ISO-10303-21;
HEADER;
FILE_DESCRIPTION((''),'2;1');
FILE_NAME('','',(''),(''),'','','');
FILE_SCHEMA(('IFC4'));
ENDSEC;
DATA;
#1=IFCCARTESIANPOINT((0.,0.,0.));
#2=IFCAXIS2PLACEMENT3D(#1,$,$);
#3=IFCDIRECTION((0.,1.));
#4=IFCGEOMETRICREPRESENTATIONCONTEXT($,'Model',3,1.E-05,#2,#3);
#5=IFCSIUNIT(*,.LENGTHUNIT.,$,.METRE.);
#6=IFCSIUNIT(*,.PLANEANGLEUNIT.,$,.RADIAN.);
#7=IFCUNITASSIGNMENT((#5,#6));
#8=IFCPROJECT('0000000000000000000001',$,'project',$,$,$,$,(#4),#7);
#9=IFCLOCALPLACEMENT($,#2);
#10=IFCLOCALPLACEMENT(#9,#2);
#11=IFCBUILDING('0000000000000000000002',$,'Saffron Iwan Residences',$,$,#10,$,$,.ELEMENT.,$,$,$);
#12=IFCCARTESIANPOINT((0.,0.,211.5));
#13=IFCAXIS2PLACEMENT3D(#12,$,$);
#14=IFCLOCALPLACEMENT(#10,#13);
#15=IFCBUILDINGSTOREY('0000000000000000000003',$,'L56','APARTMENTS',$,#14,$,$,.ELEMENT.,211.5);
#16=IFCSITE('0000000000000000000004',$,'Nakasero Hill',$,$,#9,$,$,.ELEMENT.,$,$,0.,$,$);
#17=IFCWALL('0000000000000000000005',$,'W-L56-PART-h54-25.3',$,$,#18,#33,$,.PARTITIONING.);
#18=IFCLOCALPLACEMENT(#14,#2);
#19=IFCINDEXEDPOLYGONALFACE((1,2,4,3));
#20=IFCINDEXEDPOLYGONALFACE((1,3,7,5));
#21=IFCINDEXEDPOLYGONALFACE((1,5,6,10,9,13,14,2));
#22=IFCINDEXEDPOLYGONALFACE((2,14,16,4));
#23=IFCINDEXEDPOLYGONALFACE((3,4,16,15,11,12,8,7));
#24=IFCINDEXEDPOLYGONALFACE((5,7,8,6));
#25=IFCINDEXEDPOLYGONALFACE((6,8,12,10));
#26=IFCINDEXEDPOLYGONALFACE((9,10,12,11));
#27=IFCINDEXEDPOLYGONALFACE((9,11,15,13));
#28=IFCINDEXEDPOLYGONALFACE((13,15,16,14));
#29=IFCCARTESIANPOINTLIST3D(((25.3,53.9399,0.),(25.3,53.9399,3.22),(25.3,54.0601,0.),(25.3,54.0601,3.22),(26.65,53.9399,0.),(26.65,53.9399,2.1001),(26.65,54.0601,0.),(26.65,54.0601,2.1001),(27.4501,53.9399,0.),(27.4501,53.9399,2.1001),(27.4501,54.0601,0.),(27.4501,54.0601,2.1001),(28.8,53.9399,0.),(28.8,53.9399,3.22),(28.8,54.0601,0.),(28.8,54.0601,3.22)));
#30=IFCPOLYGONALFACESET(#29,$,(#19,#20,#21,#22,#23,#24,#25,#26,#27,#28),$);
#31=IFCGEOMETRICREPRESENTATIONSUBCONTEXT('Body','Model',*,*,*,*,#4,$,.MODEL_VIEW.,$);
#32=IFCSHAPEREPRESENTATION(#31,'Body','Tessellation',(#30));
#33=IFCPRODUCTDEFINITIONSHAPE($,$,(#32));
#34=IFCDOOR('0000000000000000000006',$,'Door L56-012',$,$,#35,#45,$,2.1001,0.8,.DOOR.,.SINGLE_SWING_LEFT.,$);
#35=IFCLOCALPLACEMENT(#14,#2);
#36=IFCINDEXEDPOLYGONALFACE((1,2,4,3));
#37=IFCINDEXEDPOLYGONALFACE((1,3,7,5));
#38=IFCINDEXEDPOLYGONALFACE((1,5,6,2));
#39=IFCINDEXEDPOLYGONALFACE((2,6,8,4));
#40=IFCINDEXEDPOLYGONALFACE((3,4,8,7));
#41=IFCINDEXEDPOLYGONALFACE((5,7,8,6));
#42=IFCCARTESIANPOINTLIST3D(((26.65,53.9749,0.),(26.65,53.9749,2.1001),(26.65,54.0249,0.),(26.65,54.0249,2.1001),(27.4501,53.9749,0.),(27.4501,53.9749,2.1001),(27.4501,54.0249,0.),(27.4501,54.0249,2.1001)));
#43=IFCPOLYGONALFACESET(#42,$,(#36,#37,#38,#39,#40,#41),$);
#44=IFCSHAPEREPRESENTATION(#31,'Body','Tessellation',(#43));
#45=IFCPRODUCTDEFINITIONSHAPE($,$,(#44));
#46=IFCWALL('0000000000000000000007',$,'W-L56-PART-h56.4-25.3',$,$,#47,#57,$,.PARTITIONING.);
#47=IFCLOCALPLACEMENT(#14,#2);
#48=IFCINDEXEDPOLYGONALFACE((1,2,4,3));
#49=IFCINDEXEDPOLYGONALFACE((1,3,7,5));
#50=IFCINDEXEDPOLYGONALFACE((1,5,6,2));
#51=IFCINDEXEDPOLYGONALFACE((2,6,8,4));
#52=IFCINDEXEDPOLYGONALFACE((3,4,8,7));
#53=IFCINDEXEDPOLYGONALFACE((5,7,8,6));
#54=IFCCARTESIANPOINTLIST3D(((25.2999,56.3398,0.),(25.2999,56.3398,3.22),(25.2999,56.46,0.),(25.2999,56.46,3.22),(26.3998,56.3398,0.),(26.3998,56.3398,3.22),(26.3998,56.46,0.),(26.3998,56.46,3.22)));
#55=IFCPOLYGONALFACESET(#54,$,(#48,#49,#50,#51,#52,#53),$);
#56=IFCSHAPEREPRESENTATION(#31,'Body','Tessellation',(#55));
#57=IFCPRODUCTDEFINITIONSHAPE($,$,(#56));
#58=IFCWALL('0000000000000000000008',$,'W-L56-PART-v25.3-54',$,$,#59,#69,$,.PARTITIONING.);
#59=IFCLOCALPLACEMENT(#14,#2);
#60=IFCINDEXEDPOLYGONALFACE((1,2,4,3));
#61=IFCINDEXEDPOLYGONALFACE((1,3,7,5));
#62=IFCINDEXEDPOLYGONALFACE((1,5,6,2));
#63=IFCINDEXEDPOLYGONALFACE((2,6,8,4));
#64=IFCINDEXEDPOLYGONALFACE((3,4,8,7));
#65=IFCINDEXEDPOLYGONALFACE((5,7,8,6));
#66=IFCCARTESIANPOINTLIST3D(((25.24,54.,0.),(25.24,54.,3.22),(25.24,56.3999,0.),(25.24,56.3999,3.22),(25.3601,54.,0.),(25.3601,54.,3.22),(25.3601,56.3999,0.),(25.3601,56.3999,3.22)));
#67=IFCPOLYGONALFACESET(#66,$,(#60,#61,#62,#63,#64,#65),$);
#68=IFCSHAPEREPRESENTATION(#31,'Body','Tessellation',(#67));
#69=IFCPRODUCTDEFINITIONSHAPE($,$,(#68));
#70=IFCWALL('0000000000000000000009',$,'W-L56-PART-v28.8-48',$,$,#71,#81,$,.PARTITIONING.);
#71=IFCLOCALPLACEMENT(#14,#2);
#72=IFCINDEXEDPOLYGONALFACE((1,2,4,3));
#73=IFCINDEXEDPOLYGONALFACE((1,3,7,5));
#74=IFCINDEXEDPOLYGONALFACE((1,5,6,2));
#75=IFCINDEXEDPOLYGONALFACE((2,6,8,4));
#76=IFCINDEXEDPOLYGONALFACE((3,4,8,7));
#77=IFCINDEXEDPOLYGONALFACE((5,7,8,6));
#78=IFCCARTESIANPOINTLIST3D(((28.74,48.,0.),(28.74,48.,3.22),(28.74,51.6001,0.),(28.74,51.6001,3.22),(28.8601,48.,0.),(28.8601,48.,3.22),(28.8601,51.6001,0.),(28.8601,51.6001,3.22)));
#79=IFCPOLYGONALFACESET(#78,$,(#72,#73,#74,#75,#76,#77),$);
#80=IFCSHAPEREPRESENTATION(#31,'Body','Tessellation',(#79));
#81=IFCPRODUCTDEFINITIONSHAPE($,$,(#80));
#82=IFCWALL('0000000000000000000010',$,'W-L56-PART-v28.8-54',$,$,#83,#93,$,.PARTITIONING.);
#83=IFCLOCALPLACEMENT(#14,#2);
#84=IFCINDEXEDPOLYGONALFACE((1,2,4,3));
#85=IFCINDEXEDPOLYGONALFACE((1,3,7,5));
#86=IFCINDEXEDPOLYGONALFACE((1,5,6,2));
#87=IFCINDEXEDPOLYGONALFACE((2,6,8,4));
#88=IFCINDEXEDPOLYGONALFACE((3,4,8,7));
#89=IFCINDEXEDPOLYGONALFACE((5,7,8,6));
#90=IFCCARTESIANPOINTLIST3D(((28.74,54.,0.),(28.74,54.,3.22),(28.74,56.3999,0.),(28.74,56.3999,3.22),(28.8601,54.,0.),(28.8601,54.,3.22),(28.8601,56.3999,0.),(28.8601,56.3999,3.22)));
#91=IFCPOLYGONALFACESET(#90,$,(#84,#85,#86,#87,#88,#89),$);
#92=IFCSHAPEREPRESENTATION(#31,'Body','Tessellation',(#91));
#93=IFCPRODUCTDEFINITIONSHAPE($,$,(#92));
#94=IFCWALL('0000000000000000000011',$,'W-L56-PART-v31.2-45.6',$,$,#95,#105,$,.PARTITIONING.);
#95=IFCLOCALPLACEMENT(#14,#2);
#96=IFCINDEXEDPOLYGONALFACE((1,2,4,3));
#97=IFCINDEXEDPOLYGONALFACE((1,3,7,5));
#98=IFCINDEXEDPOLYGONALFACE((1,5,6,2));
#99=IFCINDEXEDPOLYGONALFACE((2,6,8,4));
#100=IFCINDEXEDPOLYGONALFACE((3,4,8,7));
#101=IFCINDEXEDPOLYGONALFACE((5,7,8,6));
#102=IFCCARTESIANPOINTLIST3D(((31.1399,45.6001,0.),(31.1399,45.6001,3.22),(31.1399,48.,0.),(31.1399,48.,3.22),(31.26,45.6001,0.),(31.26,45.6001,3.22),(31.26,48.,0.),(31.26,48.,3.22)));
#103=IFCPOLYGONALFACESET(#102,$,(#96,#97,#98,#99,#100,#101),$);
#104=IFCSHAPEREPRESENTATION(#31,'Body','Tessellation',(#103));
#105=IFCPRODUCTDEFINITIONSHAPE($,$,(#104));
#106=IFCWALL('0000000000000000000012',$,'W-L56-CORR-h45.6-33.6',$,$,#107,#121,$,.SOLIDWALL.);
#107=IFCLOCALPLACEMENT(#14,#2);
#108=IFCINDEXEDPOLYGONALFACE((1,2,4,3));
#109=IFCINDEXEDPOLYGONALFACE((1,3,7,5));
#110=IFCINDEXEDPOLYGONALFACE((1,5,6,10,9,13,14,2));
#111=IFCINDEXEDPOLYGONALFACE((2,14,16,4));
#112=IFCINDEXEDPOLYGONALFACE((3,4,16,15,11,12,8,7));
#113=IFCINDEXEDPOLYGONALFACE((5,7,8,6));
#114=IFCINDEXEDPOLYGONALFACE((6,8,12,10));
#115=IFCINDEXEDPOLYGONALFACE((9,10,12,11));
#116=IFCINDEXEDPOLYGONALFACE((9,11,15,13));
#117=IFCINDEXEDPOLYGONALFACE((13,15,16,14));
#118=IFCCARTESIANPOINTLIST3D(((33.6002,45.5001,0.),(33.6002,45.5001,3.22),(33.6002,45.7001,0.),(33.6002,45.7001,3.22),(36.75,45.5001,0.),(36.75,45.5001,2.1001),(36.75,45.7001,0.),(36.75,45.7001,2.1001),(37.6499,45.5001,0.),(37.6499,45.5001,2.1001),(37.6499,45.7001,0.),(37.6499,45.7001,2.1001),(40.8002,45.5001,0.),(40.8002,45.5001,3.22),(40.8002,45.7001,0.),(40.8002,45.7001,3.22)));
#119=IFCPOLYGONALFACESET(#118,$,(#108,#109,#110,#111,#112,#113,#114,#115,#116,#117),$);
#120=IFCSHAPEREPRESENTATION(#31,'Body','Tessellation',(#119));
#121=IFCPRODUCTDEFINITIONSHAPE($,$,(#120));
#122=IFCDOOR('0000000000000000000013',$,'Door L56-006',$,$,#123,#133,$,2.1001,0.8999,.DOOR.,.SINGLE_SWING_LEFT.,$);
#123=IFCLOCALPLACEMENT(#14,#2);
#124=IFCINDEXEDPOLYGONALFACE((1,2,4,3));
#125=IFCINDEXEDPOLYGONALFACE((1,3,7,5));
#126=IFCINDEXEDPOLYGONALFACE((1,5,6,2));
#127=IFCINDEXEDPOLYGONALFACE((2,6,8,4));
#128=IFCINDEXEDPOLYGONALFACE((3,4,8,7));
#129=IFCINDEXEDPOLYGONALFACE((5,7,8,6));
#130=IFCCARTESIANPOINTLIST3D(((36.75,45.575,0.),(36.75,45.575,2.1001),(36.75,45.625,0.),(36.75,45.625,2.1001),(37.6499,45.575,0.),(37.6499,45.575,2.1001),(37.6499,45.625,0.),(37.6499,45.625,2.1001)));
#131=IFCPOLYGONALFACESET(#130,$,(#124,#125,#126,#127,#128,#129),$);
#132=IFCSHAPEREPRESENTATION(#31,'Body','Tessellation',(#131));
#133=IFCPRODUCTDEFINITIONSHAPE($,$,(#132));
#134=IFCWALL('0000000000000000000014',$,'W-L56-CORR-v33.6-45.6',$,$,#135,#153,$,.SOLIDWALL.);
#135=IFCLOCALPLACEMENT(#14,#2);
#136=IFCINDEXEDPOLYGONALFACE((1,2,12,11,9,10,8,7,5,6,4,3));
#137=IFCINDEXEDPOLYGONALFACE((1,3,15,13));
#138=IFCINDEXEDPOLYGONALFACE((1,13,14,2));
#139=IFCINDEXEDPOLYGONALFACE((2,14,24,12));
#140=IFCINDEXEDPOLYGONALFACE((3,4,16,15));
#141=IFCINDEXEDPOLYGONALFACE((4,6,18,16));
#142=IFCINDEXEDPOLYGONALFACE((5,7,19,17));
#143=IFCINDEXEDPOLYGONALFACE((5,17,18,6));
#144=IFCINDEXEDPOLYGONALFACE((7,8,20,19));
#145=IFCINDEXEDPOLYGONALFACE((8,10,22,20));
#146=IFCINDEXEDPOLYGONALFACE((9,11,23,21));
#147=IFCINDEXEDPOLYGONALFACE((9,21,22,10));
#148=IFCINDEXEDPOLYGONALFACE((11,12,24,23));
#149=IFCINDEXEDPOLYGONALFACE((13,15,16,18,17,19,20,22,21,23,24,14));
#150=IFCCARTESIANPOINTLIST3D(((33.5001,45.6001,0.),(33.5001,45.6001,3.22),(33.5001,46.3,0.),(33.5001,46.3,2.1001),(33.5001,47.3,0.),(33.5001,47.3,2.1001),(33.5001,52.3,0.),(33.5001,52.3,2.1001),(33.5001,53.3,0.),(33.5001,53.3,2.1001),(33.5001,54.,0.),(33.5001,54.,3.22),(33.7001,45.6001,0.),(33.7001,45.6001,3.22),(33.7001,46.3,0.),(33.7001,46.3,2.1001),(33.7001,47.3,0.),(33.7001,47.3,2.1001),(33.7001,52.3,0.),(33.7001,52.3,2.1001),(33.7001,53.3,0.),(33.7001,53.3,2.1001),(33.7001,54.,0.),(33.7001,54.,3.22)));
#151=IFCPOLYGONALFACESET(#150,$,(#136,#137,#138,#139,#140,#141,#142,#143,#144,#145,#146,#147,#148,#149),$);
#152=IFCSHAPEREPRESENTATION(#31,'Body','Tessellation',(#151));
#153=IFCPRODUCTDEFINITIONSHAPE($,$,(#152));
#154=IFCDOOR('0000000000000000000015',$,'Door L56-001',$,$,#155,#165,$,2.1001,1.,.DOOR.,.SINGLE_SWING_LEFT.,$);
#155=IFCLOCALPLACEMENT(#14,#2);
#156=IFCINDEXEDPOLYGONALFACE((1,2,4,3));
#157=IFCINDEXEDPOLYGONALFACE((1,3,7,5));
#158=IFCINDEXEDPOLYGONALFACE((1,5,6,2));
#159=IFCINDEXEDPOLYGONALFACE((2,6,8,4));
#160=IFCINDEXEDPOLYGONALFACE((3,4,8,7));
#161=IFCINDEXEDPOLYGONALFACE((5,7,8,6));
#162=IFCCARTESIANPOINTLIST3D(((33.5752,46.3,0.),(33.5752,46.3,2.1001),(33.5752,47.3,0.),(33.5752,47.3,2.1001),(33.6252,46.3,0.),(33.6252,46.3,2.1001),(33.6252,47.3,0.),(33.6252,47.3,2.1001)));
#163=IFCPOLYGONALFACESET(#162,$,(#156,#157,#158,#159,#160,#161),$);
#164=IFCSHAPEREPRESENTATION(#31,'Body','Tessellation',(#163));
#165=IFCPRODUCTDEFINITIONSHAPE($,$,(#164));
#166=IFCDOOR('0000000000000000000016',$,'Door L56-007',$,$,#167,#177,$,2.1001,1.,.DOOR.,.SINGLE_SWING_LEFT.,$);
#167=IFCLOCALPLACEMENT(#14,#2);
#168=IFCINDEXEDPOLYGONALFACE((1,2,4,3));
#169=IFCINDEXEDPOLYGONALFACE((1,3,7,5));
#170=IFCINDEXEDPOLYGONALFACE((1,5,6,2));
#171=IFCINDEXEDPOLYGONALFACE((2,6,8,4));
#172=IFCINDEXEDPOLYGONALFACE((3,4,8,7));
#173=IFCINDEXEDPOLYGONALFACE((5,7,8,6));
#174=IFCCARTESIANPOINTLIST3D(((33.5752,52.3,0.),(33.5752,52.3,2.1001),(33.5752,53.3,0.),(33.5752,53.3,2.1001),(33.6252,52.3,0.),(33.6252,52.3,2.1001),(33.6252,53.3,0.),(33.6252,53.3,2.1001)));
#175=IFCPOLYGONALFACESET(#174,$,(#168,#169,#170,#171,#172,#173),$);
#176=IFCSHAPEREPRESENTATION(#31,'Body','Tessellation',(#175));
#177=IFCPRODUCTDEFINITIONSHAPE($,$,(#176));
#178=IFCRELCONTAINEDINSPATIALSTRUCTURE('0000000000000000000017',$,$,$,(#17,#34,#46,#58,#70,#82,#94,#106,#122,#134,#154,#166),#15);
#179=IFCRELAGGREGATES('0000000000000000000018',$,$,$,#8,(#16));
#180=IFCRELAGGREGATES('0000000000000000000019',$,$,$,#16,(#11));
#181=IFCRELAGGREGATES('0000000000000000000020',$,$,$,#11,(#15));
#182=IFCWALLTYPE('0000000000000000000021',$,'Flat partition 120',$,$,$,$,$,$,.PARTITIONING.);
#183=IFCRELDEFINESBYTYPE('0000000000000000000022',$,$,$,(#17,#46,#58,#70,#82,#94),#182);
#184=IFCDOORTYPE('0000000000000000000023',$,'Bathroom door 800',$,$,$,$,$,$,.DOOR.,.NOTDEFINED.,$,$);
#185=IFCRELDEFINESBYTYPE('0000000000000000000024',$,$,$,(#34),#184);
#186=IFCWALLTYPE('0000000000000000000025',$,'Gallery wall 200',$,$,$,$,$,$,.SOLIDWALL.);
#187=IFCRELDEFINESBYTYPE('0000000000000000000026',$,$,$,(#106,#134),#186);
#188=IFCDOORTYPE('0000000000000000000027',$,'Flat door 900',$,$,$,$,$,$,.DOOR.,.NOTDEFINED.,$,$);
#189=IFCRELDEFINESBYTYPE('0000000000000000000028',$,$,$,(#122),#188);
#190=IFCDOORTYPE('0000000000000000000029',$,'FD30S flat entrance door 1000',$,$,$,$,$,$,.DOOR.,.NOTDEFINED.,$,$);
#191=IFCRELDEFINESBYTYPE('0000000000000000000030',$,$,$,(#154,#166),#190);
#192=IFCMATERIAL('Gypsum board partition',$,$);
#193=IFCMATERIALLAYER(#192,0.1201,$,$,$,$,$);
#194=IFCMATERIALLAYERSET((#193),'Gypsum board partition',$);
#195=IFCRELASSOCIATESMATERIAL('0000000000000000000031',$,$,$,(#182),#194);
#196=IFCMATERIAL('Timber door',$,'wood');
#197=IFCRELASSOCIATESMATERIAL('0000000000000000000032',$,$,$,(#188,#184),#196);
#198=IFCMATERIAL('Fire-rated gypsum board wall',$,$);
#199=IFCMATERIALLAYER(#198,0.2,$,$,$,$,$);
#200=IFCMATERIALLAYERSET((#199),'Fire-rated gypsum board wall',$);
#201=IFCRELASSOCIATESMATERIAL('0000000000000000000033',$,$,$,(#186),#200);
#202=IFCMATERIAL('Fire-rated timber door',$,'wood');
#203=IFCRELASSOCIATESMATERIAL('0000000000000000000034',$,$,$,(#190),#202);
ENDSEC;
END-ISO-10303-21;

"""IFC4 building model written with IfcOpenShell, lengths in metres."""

from ifc_helpers import new_model, si_unit, direction, frame, frame_2d, origin, place, context, subcontext, project, spatial, rectangle, extrude, material, layer, layer_set, type_object, element, fill, save


model = new_model("IFC4")

# Units and contexts
model_context = context("Model", 3, precision=1e-05, world=origin(), true_north=direction((0.0, 1.0)))
body_context = subcontext(model_context, "Body", "Model", "MODEL_VIEW")
ifc_project = project(units=[si_unit("LENGTHUNIT", "METRE"), si_unit("PLANEANGLEUNIT", "RADIAN")], contexts=[model_context])

# Site, building, storey
site_placement = place(None, origin())
site = spatial("IfcSite", under=ifc_project, at=site_placement, Name="Nakasero Hill", CompositionType="ELEMENT", RefElevation=0.0)
building_placement = place(site_placement, origin())
building = spatial("IfcBuilding", under=site, at=building_placement, Name="Saffron Iwan Residences", CompositionType="ELEMENT")
storey_placement = place(building_placement, frame((0.0, 0.0, 211.5)))
storey = spatial("IfcBuildingStorey", under=building, at=storey_placement, Name="L56", Description="APARTMENTS", CompositionType="ELEMENT", Elevation=211.5)

# Shared definitions
ifc_material_1 = material(Name="Fire-rated gypsum board wall")

# Wall, opening, door
ifc_material_2 = material(Name="Gypsum board partition")
ifc_layer_1 = layer(ifc_material_2, 0.1201)
ifc_layer_set_1 = layer_set([ifc_layer_1], Name="Gypsum board partition")
wall_type_1 = type_object("IfcWallType", Name="Flat partition 120", PredefinedType="PARTITIONING", material=ifc_layer_set_1)
ifc_material_3 = material(Name="Timber door", Category="wood")
door_type_1 = type_object("IfcDoorType", Name="Flat door 900", OperationType="NOTDEFINED", PredefinedType="DOOR", material=ifc_material_3)
wall_1_placement = place(storey_placement, frame((25.3, 54.0, 0.0), z_axis=(0.0, 0.0, 1.0), x_axis=(1.0, 0.0, 0.0)))
wall_1 = element("IfcWall", 1, at=wall_1_placement, inside=storey, type_object=wall_type_1, Name="W-L56-PART-h54-25.3", PredefinedType="PARTITIONING", context=body_context, shape_type="SweptSolid", body=[
    extrude(rectangle(XDim=3.5, YDim=0.1201, at=frame_2d((1.75, 0.0))), origin(), (0.0, 0.0, 1.0), 3.22),
])
opening_1_placement = place(wall_1_placement, frame((1.3501, 0.0, 0.0)))
opening_1 = element("IfcOpeningElement", 2, at=opening_1_placement, cuts=wall_1, PredefinedType="OPENING", context=body_context, shape_type="SweptSolid", body=[
    extrude(rectangle(XDim=0.8, YDim=2.1001, at=frame_2d((0.3999, 1.05))), frame((0.0, 0.0701, 0.0), z_axis=(0.0, -1.0, 0.0), x_axis=(1.0, 0.0, 0.0)), (0.0, 0.0, 1.0), 0.1401),
])
door_type_2 = type_object("IfcDoorType", Name="Bathroom door 800", OperationType="NOTDEFINED", PredefinedType="DOOR", material=ifc_material_3)
door_1_placement = place(opening_1_placement, origin())
door_1 = element("IfcDoor", 3, at=door_1_placement, inside=storey, type_object=door_type_2, Name="Door L56-012", OperationType="SINGLE_SWING_LEFT", OverallHeight=2.1001, OverallWidth=0.8, PredefinedType="DOOR", context=body_context, shape_type="SweptSolid", body=[
    extrude(rectangle(XDim=0.8, YDim=2.1001, at=frame_2d((0.3999, 1.05))), frame((0.0, 0.0249, 0.0), z_axis=(0.0, -1.0, 0.0), x_axis=(1.0, 0.0, 0.0)), (0.0, 0.0, 1.0), 0.05),
])
fill(opening_1, door_1)

# Walls
wall_2_placement = place(storey_placement, frame((25.3, 56.3999, 0.0), z_axis=(0.0, 0.0, 1.0), x_axis=(1.0, 0.0, 0.0)))
element("IfcWall", 4, at=wall_2_placement, inside=storey, type_object=wall_type_1, Name="W-L56-PART-h56.4-25.3", PredefinedType="PARTITIONING", context=body_context, shape_type="SweptSolid", body=[
    extrude(rectangle(XDim=1.0999, YDim=0.1201, at=frame_2d((0.5498, 0.0))), origin(), (0.0, 0.0, 1.0), 3.22),
])
wall_3_placement = place(storey_placement, frame((25.3, 54.0, 0.0), z_axis=(0.0, 0.0, 1.0), x_axis=(0.0, 1.0, 0.0)))
element("IfcWall", 5, at=wall_3_placement, inside=storey, type_object=wall_type_1, Name="W-L56-PART-v25.3-54", PredefinedType="PARTITIONING", context=body_context, shape_type="SweptSolid", body=[
    extrude(rectangle(XDim=2.3999, YDim=0.1201, at=frame_2d((1.2, 0.0))), origin(), (0.0, 0.0, 1.0), 3.22),
])
wall_4_placement = place(storey_placement, frame((28.8, 48.0, 0.0), z_axis=(0.0, 0.0, 1.0), x_axis=(0.0, 1.0, 0.0)))
element("IfcWall", 6, at=wall_4_placement, inside=storey, type_object=wall_type_1, Name="W-L56-PART-v28.8-48", PredefinedType="PARTITIONING", context=body_context, shape_type="SweptSolid", body=[
    extrude(rectangle(XDim=3.6001, YDim=0.1201, at=frame_2d((1.8, 0.0))), origin(), (0.0, 0.0, 1.0), 3.22),
])
for number, where, z_axis, x_axis, name in (
    (7, (28.8, 54.0, 0.0), (0.0, 0.0, 1.0), (0.0, 1.0, 0.0), "W-L56-PART-v28.8-54"),
    (8, (31.2, 45.6001, 0.0), (0.0, 0.0, 1.0), (0.0, 1.0, 0.0), "W-L56-PART-v31.2-45.6"),
):
    element("IfcWall", number, at=place(storey_placement, frame(where, z_axis=z_axis, x_axis=x_axis)), inside=storey, type_object=wall_type_1, Name=name, PredefinedType="PARTITIONING", context=body_context, shape_type="SweptSolid", body=[
        extrude(rectangle(XDim=2.3999, YDim=0.1201, at=frame_2d((1.2, 0.0))), origin(), (0.0, 0.0, 1.0), 3.22),
    ])

# Wall, opening, door
ifc_layer_2 = layer(ifc_material_1, 0.2)
ifc_layer_set_2 = layer_set([ifc_layer_2], Name="Fire-rated gypsum board wall")
wall_type_2 = type_object("IfcWallType", Name="Gallery wall 200", PredefinedType="SOLIDWALL", material=ifc_layer_set_2)
wall_5_placement = place(storey_placement, frame((33.6001, 45.6001, 0.0), z_axis=(0.0, 0.0, 1.0), x_axis=(1.0, 0.0, 0.0)))
wall_5 = element("IfcWall", 9, at=wall_5_placement, inside=storey, type_object=wall_type_2, Name="W-L56-CORR-h45.6-33.6", PredefinedType="SOLIDWALL", context=body_context, shape_type="SweptSolid", body=[
    extrude(rectangle(XDim=7.2, YDim=0.2, at=frame_2d((3.6001, 0.0))), origin(), (0.0, 0.0, 1.0), 3.22),
])
opening_2_placement = place(wall_5_placement, frame((3.1499, 0.0, 0.0)))
opening_2 = element("IfcOpeningElement", 10, at=opening_2_placement, cuts=wall_5, PredefinedType="OPENING", context=body_context, shape_type="SweptSolid", body=[
    extrude(rectangle(XDim=0.8999, YDim=2.1001, at=frame_2d((0.45, 1.05))), frame((0.0, 0.1099, 0.0), z_axis=(0.0, -1.0, 0.0), x_axis=(1.0, 0.0, 0.0)), (0.0, 0.0, 1.0), 0.22),
])
door_2_placement = place(opening_2_placement, origin())
door_2 = element("IfcDoor", 11, at=door_2_placement, inside=storey, type_object=door_type_1, Name="Door L56-006", OperationType="SINGLE_SWING_LEFT", OverallHeight=2.1001, OverallWidth=0.8999, PredefinedType="DOOR", context=body_context, shape_type="SweptSolid", body=[
    extrude(rectangle(XDim=0.8999, YDim=2.1001, at=frame_2d((0.45, 1.05))), frame((0.0, 0.0249, 0.0), z_axis=(0.0, -1.0, 0.0), x_axis=(1.0, 0.0, 0.0)), (0.0, 0.0, 1.0), 0.05),
])
fill(opening_2, door_2)

# Wall, openings, doors
wall_6_placement = place(storey_placement, frame((33.6001, 45.6001, 0.0), z_axis=(0.0, 0.0, 1.0), x_axis=(0.0, 1.0, 0.0)))
wall_6 = element("IfcWall", 12, at=wall_6_placement, inside=storey, type_object=wall_type_2, Name="W-L56-CORR-v33.6-45.6", PredefinedType="SOLIDWALL", context=body_context, shape_type="SweptSolid", body=[
    extrude(rectangle(XDim=8.3999, YDim=0.2, at=frame_2d((4.2, 0.0))), origin(), (0.0, 0.0, 1.0), 3.22),
])
opening_3_placement = place(wall_6_placement, frame((0.7, 0.0, 0.0)))
opening_3 = element("IfcOpeningElement", 13, at=opening_3_placement, cuts=wall_6, PredefinedType="OPENING", context=body_context, shape_type="SweptSolid", body=[
    extrude(rectangle(XDim=1.0, YDim=2.1001, at=frame_2d((0.5, 1.05))), frame((0.0, 0.1099, 0.0), z_axis=(0.0, -1.0, 0.0), x_axis=(1.0, 0.0, 0.0)), (0.0, 0.0, 1.0), 0.22),
])
opening_4_placement = place(wall_6_placement, frame((6.7, 0.0, 0.0)))
opening_4 = element("IfcOpeningElement", 14, at=opening_4_placement, cuts=wall_6, PredefinedType="OPENING", context=body_context, shape_type="SweptSolid", body=[
    extrude(rectangle(XDim=1.0, YDim=2.1001, at=frame_2d((0.5, 1.05))), frame((0.0, 0.1099, 0.0), z_axis=(0.0, -1.0, 0.0), x_axis=(1.0, 0.0, 0.0)), (0.0, 0.0, 1.0), 0.22),
])
ifc_material_4 = material(Name="Fire-rated timber door", Category="wood")
door_type_3 = type_object("IfcDoorType", Name="FD30S flat entrance door 1000", OperationType="NOTDEFINED", PredefinedType="DOOR", material=ifc_material_4)
door_3_placement = place(opening_3_placement, origin())
door_3 = element("IfcDoor", 15, at=door_3_placement, inside=storey, type_object=door_type_3, Name="Door L56-001", OperationType="SINGLE_SWING_LEFT", OverallHeight=2.1001, OverallWidth=1.0, PredefinedType="DOOR", context=body_context, shape_type="SweptSolid", body=[
    extrude(rectangle(XDim=1.0, YDim=2.1001, at=frame_2d((0.5, 1.05))), frame((0.0, 0.0249, 0.0), z_axis=(0.0, -1.0, 0.0), x_axis=(1.0, 0.0, 0.0)), (0.0, 0.0, 1.0), 0.05),
])
fill(opening_3, door_3)
door_4_placement = place(opening_4_placement, origin())
door_4 = element("IfcDoor", 16, at=door_4_placement, inside=storey, type_object=door_type_3, Name="Door L56-007", OperationType="SINGLE_SWING_LEFT", OverallHeight=2.1001, OverallWidth=1.0, PredefinedType="DOOR", context=body_context, shape_type="SweptSolid", body=[
    extrude(rectangle(XDim=1.0, YDim=2.1001, at=frame_2d((0.5, 1.05))), frame((0.0, 0.0249, 0.0), z_axis=(0.0, -1.0, 0.0), x_axis=(1.0, 0.0, 0.0)), (0.0, 0.0, 1.0), 0.05),
])
fill(opening_4, door_4)

save(model, "model.ifc")
